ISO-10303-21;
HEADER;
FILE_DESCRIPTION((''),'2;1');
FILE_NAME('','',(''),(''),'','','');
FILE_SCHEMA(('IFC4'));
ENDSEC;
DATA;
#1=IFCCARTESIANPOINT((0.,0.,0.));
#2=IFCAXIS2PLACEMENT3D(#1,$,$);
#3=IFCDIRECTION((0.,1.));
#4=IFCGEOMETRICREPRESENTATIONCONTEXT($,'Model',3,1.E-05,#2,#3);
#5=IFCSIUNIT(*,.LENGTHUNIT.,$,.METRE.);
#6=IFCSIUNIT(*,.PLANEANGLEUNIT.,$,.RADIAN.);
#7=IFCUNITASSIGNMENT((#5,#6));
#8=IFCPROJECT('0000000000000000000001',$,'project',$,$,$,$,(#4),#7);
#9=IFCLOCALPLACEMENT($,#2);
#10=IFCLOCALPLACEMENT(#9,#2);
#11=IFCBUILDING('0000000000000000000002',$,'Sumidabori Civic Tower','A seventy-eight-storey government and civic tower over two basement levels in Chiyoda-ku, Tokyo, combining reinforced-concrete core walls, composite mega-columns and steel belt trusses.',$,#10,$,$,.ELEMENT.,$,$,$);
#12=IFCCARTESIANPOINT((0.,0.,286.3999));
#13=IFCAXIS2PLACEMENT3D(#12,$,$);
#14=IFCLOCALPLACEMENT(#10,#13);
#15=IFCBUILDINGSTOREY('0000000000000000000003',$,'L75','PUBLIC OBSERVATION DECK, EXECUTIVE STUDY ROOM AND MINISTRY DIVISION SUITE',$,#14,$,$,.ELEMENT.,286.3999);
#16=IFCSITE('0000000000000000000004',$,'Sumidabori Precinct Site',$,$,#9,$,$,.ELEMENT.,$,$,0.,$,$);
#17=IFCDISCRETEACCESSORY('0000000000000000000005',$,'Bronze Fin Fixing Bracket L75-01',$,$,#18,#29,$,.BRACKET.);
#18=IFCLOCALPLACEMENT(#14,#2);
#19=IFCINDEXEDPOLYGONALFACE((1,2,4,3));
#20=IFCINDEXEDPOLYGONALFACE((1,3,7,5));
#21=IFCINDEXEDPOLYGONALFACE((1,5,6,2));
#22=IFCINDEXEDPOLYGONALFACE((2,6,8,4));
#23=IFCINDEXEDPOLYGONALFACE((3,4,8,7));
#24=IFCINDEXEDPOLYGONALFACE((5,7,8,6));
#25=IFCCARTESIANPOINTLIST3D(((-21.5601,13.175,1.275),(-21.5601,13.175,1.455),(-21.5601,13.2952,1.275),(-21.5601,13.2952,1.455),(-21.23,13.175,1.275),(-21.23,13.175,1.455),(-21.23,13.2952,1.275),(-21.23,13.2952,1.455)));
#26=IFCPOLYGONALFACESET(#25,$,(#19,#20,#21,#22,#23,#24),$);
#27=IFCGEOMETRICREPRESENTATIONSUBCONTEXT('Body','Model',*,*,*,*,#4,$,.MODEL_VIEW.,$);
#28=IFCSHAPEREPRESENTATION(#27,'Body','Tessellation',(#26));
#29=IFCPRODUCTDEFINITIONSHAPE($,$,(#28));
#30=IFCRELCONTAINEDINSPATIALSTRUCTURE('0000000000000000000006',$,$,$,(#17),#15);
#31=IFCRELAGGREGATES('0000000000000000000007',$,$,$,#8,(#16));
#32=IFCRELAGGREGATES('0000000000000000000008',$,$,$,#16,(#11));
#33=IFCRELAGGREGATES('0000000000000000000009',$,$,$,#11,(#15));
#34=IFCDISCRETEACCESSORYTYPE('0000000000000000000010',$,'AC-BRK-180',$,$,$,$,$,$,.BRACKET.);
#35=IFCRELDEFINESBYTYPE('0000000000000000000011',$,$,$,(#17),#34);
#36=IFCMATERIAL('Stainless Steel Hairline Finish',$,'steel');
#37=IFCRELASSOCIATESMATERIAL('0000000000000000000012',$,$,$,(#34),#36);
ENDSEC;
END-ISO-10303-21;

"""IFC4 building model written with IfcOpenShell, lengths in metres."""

from ifc_helpers import new_model, si_unit, direction, frame, origin, origin_2d, place, context, subcontext, project, spatial, rectangle, extrude, source, transform, mapped, material, material_profile, profile_set, type_object, element, save


model = new_model("IFC4")

# Units and contexts
model_context = context("Model", 3, precision=1e-05, world=origin(), true_north=direction((0.0, 1.0)))
body_context = subcontext(model_context, "Body", "Model", "MODEL_VIEW")
ifc_project = project(units=[si_unit("LENGTHUNIT", "METRE"), si_unit("PLANEANGLEUNIT", "RADIAN")], contexts=[model_context])

# Site, building, storey
site_placement = place(None, origin())
site = spatial("IfcSite", under=ifc_project, at=site_placement, Name="Sumidabori Precinct Site", CompositionType="ELEMENT", RefElevation=0.0)
building_placement = place(site_placement, origin())
building = spatial("IfcBuilding", under=site, at=building_placement, Name="Sumidabori Civic Tower", Description="A seventy-eight-storey government and civic tower over two basement levels in Chiyoda-ku, Tokyo, combining reinforced-concrete core walls, composite mega-columns and steel belt trusses.", CompositionType="ELEMENT")
storey_placement = place(building_placement, frame((0.0, 0.0, 286.3999)))
storey = spatial("IfcBuildingStorey", under=building, at=storey_placement, Name="L75", Description="PUBLIC OBSERVATION DECK, EXECUTIVE STUDY ROOM AND MINISTRY DIVISION SUITE", CompositionType="ELEMENT", Elevation=286.3999)

# Shared definitions
ifc_material_1 = material(Name="Stainless Steel Hairline Finish", Category="steel")

# Discrete accessory
ifc_material_profile_1 = material_profile(ifc_material_1, rectangle(XDim=0.1201, YDim=0.1799, at=origin_2d()), Name="STEEL BRACKET 180x120")
ifc_profile_set_1 = profile_set([ifc_material_profile_1], Name="Stainless Steel Hairline Finish")
discrete_accessory_type = type_object("IfcDiscreteAccessoryType", Name="AC-BRK-180", PredefinedType="BRACKET", material=ifc_profile_set_1)
shared_shape_1 = source(origin(), body_context, "Body", "SweptSolid", [
    extrude(rectangle(XDim=0.1201, YDim=0.1799, at=origin_2d()), origin(), (0.0, 0.0, 1.0), 0.3301),
])
discrete_accessory_placement = place(storey_placement, frame((-21.23, 13.2351, 1.365), z_axis=(-1.0, 0.0, 0.0), x_axis=(0.0, -1.0, 0.0)))
element("IfcDiscreteAccessory", 1, at=discrete_accessory_placement, inside=storey, type_object=discrete_accessory_type, Name="Bronze Fin Fixing Bracket L75-01", PredefinedType="BRACKET", context=body_context, shape_type="MappedRepresentation", body=[
    mapped(shared_shape_1, transform((0.0, 0.0, 0.0), x_axis=(1.0, 0.0, 0.0), y_axis=(0.0, 1.0, 0.0), z_axis=(0.0, 0.0, 1.0), scale=1.0)),
])

save(model, "model.ifc")
